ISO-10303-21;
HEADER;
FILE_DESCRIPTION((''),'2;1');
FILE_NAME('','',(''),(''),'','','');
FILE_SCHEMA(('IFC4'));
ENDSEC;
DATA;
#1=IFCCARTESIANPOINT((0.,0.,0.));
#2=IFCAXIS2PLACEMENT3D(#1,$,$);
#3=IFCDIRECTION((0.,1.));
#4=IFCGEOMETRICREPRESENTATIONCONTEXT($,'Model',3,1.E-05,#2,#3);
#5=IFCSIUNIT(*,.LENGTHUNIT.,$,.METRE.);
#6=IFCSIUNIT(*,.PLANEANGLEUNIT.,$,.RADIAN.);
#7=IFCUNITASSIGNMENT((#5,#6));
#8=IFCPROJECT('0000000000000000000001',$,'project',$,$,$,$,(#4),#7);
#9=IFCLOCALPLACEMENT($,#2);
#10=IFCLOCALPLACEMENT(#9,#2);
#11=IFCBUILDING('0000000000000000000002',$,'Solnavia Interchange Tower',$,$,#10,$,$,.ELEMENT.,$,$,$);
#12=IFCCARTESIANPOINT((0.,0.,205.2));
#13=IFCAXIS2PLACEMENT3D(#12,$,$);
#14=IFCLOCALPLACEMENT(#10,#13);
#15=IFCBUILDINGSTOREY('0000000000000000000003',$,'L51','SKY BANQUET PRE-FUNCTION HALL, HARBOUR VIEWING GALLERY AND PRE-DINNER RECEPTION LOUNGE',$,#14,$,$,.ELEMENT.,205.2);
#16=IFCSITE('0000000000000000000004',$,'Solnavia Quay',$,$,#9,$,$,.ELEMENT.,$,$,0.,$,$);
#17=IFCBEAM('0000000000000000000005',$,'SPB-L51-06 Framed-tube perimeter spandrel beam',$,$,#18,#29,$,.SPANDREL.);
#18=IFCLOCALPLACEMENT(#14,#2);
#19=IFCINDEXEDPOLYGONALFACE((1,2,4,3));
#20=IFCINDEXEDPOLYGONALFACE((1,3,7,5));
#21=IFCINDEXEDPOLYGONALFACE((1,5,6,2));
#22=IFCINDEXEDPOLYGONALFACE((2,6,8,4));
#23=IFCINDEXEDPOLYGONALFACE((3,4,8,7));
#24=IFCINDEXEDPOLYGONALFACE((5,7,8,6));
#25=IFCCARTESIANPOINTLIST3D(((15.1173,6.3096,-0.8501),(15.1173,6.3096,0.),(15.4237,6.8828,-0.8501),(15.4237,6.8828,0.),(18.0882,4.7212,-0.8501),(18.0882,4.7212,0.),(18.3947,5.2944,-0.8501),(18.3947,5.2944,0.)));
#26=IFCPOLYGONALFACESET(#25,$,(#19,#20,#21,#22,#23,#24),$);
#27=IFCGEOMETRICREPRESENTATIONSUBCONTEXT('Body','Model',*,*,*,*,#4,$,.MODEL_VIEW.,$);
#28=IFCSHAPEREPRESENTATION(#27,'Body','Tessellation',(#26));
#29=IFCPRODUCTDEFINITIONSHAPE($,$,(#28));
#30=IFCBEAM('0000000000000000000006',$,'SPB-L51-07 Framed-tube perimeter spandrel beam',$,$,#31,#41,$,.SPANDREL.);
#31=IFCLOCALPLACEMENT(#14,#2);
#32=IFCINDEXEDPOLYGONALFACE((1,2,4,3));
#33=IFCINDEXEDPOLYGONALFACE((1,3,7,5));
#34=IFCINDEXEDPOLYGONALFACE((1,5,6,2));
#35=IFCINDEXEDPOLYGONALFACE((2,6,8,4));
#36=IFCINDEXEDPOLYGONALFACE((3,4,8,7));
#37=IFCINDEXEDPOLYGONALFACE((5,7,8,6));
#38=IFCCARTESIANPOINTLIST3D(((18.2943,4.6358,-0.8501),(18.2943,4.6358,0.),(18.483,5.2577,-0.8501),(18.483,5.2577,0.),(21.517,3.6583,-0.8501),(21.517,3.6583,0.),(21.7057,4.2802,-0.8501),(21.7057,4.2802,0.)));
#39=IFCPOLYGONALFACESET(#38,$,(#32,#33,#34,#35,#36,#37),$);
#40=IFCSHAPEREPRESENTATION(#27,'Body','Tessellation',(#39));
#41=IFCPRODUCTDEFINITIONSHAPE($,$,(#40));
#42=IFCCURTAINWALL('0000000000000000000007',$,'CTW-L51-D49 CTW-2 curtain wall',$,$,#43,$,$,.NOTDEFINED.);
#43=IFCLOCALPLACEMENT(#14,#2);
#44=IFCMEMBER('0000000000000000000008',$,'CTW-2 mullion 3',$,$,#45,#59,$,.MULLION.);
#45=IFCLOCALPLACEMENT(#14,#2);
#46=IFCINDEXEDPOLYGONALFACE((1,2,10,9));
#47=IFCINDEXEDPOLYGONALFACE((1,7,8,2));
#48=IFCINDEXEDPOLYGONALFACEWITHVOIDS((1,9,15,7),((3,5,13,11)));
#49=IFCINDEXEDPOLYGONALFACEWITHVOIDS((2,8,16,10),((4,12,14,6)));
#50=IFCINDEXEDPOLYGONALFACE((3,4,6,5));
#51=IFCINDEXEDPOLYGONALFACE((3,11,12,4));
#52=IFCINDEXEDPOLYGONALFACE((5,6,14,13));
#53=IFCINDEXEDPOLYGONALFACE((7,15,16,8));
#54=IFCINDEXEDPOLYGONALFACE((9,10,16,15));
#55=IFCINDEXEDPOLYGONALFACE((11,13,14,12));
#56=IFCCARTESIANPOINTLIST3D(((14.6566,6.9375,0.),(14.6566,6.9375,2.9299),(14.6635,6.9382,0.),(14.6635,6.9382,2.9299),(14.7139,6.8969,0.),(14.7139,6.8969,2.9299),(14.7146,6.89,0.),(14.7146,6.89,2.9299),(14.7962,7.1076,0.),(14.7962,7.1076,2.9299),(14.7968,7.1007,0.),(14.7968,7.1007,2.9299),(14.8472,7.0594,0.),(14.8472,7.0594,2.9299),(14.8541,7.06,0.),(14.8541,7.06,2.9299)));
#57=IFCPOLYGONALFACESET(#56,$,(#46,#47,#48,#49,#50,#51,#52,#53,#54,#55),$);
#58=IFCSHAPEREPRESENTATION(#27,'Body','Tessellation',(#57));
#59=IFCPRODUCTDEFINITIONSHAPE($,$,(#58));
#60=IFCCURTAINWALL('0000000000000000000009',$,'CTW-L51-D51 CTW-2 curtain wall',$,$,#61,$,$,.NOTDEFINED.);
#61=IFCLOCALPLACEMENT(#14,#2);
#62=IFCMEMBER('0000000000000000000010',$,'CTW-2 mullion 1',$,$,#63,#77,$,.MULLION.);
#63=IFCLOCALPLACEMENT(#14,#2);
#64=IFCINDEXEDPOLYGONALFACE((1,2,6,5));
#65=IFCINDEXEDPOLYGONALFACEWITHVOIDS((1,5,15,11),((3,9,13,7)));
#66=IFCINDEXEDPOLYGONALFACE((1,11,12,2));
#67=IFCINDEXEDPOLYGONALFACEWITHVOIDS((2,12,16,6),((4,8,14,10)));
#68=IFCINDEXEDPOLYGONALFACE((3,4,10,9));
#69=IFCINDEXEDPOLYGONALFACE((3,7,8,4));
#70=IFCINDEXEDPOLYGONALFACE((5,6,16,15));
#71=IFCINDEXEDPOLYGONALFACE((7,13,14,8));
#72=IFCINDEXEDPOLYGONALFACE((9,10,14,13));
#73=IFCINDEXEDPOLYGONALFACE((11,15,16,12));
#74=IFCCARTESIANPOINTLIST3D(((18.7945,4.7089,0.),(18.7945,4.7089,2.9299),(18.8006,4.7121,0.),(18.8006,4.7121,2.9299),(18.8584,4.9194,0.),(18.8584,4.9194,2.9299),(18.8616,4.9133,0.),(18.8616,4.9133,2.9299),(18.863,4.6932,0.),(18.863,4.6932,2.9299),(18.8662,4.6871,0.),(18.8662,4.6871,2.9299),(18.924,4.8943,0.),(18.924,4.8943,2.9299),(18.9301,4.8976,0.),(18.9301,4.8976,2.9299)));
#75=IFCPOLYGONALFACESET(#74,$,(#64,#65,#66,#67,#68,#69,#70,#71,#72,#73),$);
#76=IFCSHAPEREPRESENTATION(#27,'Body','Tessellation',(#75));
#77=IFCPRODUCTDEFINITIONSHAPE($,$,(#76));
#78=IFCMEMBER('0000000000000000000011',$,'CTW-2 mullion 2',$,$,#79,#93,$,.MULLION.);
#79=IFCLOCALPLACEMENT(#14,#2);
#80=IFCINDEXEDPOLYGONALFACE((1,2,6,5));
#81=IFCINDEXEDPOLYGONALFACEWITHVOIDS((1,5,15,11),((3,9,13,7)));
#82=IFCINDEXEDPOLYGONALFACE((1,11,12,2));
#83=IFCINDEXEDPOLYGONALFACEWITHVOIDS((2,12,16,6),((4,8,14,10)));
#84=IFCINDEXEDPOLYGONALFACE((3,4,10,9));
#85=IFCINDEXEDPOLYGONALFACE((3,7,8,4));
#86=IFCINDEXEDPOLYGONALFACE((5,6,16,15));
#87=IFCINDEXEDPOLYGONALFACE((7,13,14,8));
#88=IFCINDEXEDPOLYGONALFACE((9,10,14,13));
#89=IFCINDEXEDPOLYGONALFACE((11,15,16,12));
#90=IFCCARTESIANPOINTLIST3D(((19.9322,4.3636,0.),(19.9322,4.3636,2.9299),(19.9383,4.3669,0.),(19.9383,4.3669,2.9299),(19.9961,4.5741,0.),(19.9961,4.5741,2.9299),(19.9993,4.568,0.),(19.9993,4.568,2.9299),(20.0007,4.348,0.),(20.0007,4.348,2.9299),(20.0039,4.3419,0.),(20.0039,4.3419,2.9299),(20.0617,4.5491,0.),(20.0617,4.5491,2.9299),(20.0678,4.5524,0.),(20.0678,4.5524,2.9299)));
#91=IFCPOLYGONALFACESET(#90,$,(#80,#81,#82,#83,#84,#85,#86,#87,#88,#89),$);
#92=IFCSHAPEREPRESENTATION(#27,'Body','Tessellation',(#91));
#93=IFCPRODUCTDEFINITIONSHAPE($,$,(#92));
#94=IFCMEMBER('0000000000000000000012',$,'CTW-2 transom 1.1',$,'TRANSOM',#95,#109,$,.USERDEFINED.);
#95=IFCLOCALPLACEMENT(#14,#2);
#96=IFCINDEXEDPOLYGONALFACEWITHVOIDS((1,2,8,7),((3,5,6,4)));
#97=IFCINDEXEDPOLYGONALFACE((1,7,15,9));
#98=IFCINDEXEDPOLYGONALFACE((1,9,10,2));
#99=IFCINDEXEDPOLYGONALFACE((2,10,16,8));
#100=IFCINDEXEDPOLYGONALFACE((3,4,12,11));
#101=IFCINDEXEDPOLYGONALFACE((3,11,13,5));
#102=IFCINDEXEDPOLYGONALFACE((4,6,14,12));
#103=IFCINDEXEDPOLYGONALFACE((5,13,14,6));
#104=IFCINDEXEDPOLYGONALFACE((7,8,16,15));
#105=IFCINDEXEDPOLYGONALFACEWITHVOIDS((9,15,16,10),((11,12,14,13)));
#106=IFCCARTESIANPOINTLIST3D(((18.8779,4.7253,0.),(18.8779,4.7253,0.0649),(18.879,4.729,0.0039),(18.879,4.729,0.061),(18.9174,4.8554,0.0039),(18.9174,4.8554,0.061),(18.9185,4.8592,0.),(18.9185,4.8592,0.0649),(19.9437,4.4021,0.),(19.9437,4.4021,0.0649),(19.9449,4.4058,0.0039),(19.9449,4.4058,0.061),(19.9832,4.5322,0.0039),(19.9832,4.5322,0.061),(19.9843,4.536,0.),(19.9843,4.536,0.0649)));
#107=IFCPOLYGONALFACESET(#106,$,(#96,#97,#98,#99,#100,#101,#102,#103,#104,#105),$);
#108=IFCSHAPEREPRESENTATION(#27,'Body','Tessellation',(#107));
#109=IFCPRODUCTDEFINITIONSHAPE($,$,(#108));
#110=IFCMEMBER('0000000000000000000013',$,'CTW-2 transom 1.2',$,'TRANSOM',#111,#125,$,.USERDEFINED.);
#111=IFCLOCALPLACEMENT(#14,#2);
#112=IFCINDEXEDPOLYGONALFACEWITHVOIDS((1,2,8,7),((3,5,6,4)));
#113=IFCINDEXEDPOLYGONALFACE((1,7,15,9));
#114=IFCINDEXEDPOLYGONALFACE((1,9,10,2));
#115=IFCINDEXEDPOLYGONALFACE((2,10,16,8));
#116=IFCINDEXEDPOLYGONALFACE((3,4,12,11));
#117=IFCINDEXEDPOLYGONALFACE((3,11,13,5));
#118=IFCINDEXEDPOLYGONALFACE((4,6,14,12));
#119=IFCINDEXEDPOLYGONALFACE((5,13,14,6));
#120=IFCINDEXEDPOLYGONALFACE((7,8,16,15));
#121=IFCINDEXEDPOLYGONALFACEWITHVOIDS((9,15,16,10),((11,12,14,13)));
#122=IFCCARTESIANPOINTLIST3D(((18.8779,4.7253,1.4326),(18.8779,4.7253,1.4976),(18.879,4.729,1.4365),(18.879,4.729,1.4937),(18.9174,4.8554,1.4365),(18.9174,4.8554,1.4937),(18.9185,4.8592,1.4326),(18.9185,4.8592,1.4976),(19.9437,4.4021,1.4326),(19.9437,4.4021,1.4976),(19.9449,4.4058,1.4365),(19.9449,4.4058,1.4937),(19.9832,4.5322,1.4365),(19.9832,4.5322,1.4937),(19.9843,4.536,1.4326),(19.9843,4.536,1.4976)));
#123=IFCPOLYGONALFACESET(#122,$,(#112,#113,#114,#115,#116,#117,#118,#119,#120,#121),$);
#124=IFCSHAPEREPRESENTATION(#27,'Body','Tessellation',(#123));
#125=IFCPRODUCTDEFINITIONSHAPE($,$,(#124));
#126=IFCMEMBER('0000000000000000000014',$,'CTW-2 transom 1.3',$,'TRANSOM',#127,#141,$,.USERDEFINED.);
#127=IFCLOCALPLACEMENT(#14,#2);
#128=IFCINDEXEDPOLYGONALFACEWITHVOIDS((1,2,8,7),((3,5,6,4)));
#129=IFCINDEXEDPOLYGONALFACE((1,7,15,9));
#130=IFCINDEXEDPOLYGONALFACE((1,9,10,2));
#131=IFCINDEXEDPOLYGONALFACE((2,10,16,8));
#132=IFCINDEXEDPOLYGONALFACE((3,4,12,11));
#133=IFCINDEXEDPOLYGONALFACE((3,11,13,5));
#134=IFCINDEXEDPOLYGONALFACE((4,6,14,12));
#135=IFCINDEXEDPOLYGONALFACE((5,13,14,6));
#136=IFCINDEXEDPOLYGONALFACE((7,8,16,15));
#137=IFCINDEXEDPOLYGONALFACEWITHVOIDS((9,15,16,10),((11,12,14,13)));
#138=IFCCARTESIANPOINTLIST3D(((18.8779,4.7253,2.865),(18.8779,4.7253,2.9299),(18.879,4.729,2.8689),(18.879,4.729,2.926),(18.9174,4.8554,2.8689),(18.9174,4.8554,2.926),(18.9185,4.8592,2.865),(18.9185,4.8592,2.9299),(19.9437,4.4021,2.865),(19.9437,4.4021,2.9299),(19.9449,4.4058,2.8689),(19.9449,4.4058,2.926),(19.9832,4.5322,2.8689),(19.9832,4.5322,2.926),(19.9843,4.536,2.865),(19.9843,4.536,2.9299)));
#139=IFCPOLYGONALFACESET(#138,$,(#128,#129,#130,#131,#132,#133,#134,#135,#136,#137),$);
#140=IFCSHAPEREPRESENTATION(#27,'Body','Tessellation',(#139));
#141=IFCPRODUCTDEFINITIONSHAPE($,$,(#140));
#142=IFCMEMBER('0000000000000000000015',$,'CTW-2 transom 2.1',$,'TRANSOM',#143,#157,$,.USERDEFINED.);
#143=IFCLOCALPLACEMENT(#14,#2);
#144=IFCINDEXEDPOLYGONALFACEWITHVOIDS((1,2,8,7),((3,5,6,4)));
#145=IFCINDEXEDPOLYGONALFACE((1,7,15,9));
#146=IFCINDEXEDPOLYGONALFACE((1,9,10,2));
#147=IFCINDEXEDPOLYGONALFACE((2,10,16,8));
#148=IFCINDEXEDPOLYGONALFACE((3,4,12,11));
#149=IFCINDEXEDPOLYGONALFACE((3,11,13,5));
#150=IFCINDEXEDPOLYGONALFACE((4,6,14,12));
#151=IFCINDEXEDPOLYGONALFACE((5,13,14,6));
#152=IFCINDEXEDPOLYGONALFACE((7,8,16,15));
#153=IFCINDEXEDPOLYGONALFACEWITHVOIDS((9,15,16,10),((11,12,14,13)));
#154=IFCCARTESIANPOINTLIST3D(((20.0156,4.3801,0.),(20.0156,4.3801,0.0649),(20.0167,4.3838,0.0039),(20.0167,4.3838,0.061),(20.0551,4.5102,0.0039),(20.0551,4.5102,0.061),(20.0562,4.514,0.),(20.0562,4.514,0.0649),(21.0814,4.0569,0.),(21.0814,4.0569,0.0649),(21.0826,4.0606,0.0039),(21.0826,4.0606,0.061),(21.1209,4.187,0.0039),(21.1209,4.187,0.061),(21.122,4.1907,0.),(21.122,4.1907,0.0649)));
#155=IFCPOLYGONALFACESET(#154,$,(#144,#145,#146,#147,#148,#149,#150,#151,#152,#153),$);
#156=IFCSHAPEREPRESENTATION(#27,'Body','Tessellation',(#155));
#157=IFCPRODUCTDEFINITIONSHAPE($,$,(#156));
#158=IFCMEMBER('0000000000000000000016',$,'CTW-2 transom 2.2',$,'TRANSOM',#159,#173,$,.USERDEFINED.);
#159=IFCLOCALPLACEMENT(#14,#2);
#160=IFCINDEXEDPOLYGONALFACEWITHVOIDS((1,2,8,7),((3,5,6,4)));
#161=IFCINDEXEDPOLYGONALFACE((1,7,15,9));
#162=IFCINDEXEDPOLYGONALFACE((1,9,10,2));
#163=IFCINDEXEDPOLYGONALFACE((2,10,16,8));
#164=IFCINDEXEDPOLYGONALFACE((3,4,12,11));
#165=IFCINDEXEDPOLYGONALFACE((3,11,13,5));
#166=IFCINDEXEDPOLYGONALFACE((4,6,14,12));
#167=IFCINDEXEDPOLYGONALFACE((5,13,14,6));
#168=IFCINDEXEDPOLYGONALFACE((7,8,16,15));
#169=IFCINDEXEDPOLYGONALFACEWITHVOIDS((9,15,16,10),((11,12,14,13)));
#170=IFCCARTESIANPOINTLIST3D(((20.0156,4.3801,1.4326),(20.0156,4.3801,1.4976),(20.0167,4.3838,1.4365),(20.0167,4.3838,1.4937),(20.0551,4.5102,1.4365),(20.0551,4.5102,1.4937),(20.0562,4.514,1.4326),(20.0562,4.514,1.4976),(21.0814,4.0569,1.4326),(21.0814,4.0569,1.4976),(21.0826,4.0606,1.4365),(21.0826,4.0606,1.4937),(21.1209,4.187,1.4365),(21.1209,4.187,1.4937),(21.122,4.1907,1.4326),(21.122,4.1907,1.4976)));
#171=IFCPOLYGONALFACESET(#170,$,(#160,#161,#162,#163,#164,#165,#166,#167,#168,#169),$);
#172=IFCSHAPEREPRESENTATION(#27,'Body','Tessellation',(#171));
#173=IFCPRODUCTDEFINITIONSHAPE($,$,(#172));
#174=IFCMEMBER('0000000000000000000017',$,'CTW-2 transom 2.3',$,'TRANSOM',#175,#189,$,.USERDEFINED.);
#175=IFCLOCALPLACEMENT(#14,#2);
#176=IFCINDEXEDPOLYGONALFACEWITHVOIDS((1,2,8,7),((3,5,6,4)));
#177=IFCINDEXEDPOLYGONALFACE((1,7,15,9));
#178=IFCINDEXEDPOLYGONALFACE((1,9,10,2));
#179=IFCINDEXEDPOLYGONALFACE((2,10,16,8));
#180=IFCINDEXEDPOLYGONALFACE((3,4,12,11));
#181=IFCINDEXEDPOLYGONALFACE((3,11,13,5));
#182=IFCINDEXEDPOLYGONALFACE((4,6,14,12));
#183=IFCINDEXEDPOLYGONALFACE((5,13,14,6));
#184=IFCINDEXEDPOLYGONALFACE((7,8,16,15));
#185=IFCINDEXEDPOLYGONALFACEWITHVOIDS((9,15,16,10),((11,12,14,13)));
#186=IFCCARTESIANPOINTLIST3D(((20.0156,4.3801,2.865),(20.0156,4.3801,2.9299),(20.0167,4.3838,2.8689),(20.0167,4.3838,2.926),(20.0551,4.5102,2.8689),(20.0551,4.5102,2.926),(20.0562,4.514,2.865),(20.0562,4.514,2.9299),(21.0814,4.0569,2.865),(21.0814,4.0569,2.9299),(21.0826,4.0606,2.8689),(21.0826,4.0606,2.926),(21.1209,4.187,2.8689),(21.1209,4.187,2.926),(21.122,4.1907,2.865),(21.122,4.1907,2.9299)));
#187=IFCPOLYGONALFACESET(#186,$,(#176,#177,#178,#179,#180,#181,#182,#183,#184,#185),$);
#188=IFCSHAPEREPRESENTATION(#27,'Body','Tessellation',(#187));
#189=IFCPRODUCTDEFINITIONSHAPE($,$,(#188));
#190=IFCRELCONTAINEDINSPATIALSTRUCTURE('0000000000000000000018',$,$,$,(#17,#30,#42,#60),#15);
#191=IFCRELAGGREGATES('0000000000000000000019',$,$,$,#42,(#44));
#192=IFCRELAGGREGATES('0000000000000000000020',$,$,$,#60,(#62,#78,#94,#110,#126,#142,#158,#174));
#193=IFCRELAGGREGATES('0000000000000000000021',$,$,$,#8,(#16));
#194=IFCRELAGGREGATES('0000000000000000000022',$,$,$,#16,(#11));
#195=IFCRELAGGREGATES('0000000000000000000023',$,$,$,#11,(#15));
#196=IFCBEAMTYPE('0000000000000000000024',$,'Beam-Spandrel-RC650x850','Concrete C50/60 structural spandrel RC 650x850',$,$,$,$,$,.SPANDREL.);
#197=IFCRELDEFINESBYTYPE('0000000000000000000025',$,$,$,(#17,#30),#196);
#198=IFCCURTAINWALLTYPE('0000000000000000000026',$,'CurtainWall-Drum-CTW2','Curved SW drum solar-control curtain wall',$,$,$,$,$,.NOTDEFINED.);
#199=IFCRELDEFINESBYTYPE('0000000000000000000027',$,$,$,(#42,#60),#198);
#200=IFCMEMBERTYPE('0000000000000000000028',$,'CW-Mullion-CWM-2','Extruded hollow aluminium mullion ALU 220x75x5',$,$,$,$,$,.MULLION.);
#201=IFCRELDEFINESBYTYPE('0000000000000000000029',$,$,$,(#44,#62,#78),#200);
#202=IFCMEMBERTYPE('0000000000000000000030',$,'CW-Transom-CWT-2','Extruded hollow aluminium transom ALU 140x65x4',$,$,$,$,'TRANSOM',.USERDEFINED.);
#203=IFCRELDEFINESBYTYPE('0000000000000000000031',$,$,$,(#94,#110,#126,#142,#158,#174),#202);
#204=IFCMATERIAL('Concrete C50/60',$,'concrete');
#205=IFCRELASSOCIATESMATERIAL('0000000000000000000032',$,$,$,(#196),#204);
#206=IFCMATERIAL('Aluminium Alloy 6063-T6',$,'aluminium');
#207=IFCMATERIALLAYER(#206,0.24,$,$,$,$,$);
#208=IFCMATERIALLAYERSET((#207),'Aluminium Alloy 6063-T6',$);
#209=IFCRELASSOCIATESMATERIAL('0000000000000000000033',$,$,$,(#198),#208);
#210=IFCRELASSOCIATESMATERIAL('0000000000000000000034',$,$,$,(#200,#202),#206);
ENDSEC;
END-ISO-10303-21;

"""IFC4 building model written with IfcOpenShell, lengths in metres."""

from ifc_helpers import new_model, si_unit, direction, frame, origin, origin_2d, place, context, subcontext, project, spatial, rectangle, hollow_rectangle, extrude, material, layer, layer_set, material_profile, profile_set, type_object, element, aggregate, save


model = new_model("IFC4")

# Units and contexts
model_context = context("Model", 3, precision=1e-05, world=origin(), true_north=direction((0.0, 1.0)))
body_context = subcontext(model_context, "Body", "Model", "MODEL_VIEW")
ifc_project = project(units=[si_unit("LENGTHUNIT", "METRE"), si_unit("PLANEANGLEUNIT", "RADIAN")], contexts=[model_context])

# Site, building, storey
site_placement = place(None, origin())
site = spatial("IfcSite", under=ifc_project, at=site_placement, Name="Solnavia Quay", CompositionType="ELEMENT", RefElevation=0.0)
building_placement = place(site_placement, origin())
building = spatial("IfcBuilding", under=site, at=building_placement, Name="Solnavia Interchange Tower", CompositionType="ELEMENT")
storey_placement = place(building_placement, frame((0.0, 0.0, 205.2)))
storey = spatial("IfcBuildingStorey", under=building, at=storey_placement, Name="L51", Description="SKY BANQUET PRE-FUNCTION HALL, HARBOUR VIEWING GALLERY AND PRE-DINNER RECEPTION LOUNGE", CompositionType="ELEMENT", Elevation=205.2)

# Shared definitions
ifc_material_1 = material(Name="Concrete C50/60", Category="concrete")

# Beams
ifc_material_profile_1 = material_profile(ifc_material_1, rectangle(XDim=0.6499, YDim=0.8501, at=origin_2d()), Name="RC 650x850")
ifc_profile_set_1 = profile_set([ifc_material_profile_1], Name="Concrete C50/60")
beam_type_1 = type_object("IfcBeamType", Name="Beam-Spandrel-RC650x850", Description="Concrete C50/60 structural spandrel RC 650x850", PredefinedType="SPANDREL", material=ifc_profile_set_1)
beam_1_placement = place(storey_placement, frame((15.2705, 6.5962, -0.425), z_axis=(0.881875, -0.471483, 0.0), x_axis=(0.471483, 0.881875, 0.0)))
element("IfcBeam", 1, at=beam_1_placement, inside=storey, type_object=beam_type_1, Name="SPB-L51-06 Framed-tube perimeter spandrel beam", PredefinedType="SPANDREL", context=body_context, shape_type="SweptSolid", body=[
    extrude(rectangle(XDim=0.6499, YDim=0.8501, at=origin_2d()), origin(), (0.0, 0.0, 1.0), 3.3689),
])
beam_2_placement = place(storey_placement, frame((18.3887, 4.9468, -0.425), z_axis=(0.956944, -0.290273, 0.0), x_axis=(0.290273, 0.956944, 0.0)))
element("IfcBeam", 2, at=beam_2_placement, inside=storey, type_object=beam_type_1, Name="SPB-L51-07 Framed-tube perimeter spandrel beam", PredefinedType="SPANDREL", context=body_context, shape_type="SweptSolid", body=[
    extrude(rectangle(XDim=0.6499, YDim=0.8501, at=origin_2d()), origin(), (0.0, 0.0, 1.0), 3.3677),
])

# Curtain wall, member
ifc_material_2 = material(Name="Aluminium Alloy 6063-T6", Category="aluminium")
ifc_layer_1 = layer(ifc_material_2, 0.24)
ifc_layer_set_1 = layer_set([ifc_layer_1], Name="Aluminium Alloy 6063-T6")
curtain_wall_type = type_object("IfcCurtainWallType", Name="CurtainWall-Drum-CTW2", Description="Curved SW drum solar-control curtain wall", PredefinedType="NOTDEFINED", material=ifc_layer_set_1)
curtain_wall_1_placement = place(storey_placement, origin())
curtain_wall_1 = element("IfcCurtainWall", 3, at=curtain_wall_1_placement, inside=storey, type_object=curtain_wall_type, Name="CTW-L51-D49 CTW-2 curtain wall", PredefinedType="NOTDEFINED")
ifc_material_profile_2 = material_profile(ifc_material_2, hollow_rectangle(XDim=0.075, YDim=0.22, WallThickness=0.0049, at=origin_2d()), Name="ALU 220x75x5")
ifc_profile_set_2 = profile_set([ifc_material_profile_2], Name="Aluminium Alloy 6063-T6")
member_type_1 = type_object("IfcMemberType", Name="CW-Mullion-CWM-2", Description="Extruded hollow aluminium mullion ALU 220x75x5", PredefinedType="MULLION", material=ifc_profile_set_2)
member_1_placement = place(storey_placement, frame((14.7554, 6.9988, 0.0), z_axis=(0.0, 0.0, 1.0), x_axis=(0.773103, -0.63428, 0.0)))
member_1 = element("IfcMember", 4, at=member_1_placement, type_object=member_type_1, Name="CTW-2 mullion 3", PredefinedType="MULLION", context=body_context, shape_type="SweptSolid", body=[
    extrude(hollow_rectangle(XDim=0.075, YDim=0.22, WallThickness=0.0049, at=origin_2d()), origin(), (0.0, 0.0, 1.0), 2.9299),
])

# Curtain wall, members
curtain_wall_2_placement = place(storey_placement, origin())
curtain_wall_2 = element("IfcCurtainWall", 5, at=curtain_wall_2_placement, inside=storey, type_object=curtain_wall_type, Name="CTW-L51-D51 CTW-2 curtain wall", PredefinedType="NOTDEFINED")
member_2_placement = place(storey_placement, frame((18.8623, 4.8032, 0.0), z_axis=(0.0, 0.0, 1.0), x_axis=(0.956942, -0.290279, 0.0)))
member_2 = element("IfcMember", 6, at=member_2_placement, type_object=member_type_1, Name="CTW-2 mullion 1", PredefinedType="MULLION", context=body_context, shape_type="SweptSolid", body=[
    extrude(hollow_rectangle(XDim=0.075, YDim=0.22, WallThickness=0.0049, at=origin_2d()), origin(), (0.0, 0.0, 1.0), 2.9299),
])
member_3_placement = place(storey_placement, frame((20.0, 4.458, 0.0), z_axis=(0.0, 0.0, 1.0), x_axis=(0.956942, -0.290279, 0.0)))
member_3 = element("IfcMember", 7, at=member_3_placement, type_object=member_type_1, Name="CTW-2 mullion 2", PredefinedType="MULLION", context=body_context, shape_type="SweptSolid", body=[
    extrude(hollow_rectangle(XDim=0.075, YDim=0.22, WallThickness=0.0049, at=origin_2d()), origin(), (0.0, 0.0, 1.0), 2.9299),
])
ifc_material_profile_3 = material_profile(ifc_material_2, hollow_rectangle(XDim=0.0649, YDim=0.1399, WallThickness=0.0039, at=origin_2d()), Name="ALU 140x65x4")
ifc_profile_set_3 = profile_set([ifc_material_profile_3], Name="Aluminium Alloy 6063-T6")
member_type_2 = type_object("IfcMemberType", Name="CW-Transom-CWT-2", Description="Extruded hollow aluminium transom ALU 140x65x4", ElementType="TRANSOM", PredefinedType="USERDEFINED", material=ifc_profile_set_3)
member_4_placement = place(storey_placement, frame((18.8982, 4.7922, 0.0325), z_axis=(0.956965, -0.290202, 0.0), x_axis=(0.0, 0.0, 1.0)))
member_4 = element("IfcMember", 8, at=member_4_placement, type_object=member_type_2, Name="CTW-2 transom 1.1", ObjectType="TRANSOM", PredefinedType="USERDEFINED", context=body_context, shape_type="SweptSolid", body=[
    extrude(hollow_rectangle(XDim=0.0649, YDim=0.1399, WallThickness=0.0039, at=origin_2d()), origin(), (0.0, 0.0, 1.0), 1.1138),
])
member_5_placement = place(storey_placement, frame((18.8982, 4.7922, 1.4651), z_axis=(0.956965, -0.290202, 0.0), x_axis=(0.0, 0.0, 1.0)))
member_5 = element("IfcMember", 9, at=member_5_placement, type_object=member_type_2, Name="CTW-2 transom 1.2", ObjectType="TRANSOM", PredefinedType="USERDEFINED", context=body_context, shape_type="SweptSolid", body=[
    extrude(hollow_rectangle(XDim=0.0649, YDim=0.1399, WallThickness=0.0039, at=origin_2d()), origin(), (0.0, 0.0, 1.0), 1.1138),
])
member_6_placement = place(storey_placement, frame((18.8982, 4.7922, 2.8975), z_axis=(0.956965, -0.290202, 0.0), x_axis=(0.0, 0.0, 1.0)))
member_6 = element("IfcMember", 10, at=member_6_placement, type_object=member_type_2, Name="CTW-2 transom 1.3", ObjectType="TRANSOM", PredefinedType="USERDEFINED", context=body_context, shape_type="SweptSolid", body=[
    extrude(hollow_rectangle(XDim=0.0649, YDim=0.1399, WallThickness=0.0039, at=origin_2d()), origin(), (0.0, 0.0, 1.0), 1.1138),
])
member_7_placement = place(storey_placement, frame((20.0359, 4.447, 0.0325), z_axis=(0.956965, -0.290202, 0.0), x_axis=(0.0, 0.0, 1.0)))
member_7 = element("IfcMember", 11, at=member_7_placement, type_object=member_type_2, Name="CTW-2 transom 2.1", ObjectType="TRANSOM", PredefinedType="USERDEFINED", context=body_context, shape_type="SweptSolid", body=[
    extrude(hollow_rectangle(XDim=0.0649, YDim=0.1399, WallThickness=0.0039, at=origin_2d()), origin(), (0.0, 0.0, 1.0), 1.1138),
])
member_8_placement = place(storey_placement, frame((20.0359, 4.447, 1.4651), z_axis=(0.956965, -0.290202, 0.0), x_axis=(0.0, 0.0, 1.0)))
member_8 = element("IfcMember", 12, at=member_8_placement, type_object=member_type_2, Name="CTW-2 transom 2.2", ObjectType="TRANSOM", PredefinedType="USERDEFINED", context=body_context, shape_type="SweptSolid", body=[
    extrude(hollow_rectangle(XDim=0.0649, YDim=0.1399, WallThickness=0.0039, at=origin_2d()), origin(), (0.0, 0.0, 1.0), 1.1138),
])
member_9_placement = place(storey_placement, frame((20.0359, 4.447, 2.8975), z_axis=(0.956965, -0.290202, 0.0), x_axis=(0.0, 0.0, 1.0)))
member_9 = element("IfcMember", 13, at=member_9_placement, type_object=member_type_2, Name="CTW-2 transom 2.3", ObjectType="TRANSOM", PredefinedType="USERDEFINED", context=body_context, shape_type="SweptSolid", body=[
    extrude(hollow_rectangle(XDim=0.0649, YDim=0.1399, WallThickness=0.0039, at=origin_2d()), origin(), (0.0, 0.0, 1.0), 1.1138),
])

aggregate(curtain_wall_1, [member_1])
aggregate(curtain_wall_2, [member_2, member_3, member_4, member_5, member_6, member_7, member_8, member_9])

save(model, "model.ifc")
